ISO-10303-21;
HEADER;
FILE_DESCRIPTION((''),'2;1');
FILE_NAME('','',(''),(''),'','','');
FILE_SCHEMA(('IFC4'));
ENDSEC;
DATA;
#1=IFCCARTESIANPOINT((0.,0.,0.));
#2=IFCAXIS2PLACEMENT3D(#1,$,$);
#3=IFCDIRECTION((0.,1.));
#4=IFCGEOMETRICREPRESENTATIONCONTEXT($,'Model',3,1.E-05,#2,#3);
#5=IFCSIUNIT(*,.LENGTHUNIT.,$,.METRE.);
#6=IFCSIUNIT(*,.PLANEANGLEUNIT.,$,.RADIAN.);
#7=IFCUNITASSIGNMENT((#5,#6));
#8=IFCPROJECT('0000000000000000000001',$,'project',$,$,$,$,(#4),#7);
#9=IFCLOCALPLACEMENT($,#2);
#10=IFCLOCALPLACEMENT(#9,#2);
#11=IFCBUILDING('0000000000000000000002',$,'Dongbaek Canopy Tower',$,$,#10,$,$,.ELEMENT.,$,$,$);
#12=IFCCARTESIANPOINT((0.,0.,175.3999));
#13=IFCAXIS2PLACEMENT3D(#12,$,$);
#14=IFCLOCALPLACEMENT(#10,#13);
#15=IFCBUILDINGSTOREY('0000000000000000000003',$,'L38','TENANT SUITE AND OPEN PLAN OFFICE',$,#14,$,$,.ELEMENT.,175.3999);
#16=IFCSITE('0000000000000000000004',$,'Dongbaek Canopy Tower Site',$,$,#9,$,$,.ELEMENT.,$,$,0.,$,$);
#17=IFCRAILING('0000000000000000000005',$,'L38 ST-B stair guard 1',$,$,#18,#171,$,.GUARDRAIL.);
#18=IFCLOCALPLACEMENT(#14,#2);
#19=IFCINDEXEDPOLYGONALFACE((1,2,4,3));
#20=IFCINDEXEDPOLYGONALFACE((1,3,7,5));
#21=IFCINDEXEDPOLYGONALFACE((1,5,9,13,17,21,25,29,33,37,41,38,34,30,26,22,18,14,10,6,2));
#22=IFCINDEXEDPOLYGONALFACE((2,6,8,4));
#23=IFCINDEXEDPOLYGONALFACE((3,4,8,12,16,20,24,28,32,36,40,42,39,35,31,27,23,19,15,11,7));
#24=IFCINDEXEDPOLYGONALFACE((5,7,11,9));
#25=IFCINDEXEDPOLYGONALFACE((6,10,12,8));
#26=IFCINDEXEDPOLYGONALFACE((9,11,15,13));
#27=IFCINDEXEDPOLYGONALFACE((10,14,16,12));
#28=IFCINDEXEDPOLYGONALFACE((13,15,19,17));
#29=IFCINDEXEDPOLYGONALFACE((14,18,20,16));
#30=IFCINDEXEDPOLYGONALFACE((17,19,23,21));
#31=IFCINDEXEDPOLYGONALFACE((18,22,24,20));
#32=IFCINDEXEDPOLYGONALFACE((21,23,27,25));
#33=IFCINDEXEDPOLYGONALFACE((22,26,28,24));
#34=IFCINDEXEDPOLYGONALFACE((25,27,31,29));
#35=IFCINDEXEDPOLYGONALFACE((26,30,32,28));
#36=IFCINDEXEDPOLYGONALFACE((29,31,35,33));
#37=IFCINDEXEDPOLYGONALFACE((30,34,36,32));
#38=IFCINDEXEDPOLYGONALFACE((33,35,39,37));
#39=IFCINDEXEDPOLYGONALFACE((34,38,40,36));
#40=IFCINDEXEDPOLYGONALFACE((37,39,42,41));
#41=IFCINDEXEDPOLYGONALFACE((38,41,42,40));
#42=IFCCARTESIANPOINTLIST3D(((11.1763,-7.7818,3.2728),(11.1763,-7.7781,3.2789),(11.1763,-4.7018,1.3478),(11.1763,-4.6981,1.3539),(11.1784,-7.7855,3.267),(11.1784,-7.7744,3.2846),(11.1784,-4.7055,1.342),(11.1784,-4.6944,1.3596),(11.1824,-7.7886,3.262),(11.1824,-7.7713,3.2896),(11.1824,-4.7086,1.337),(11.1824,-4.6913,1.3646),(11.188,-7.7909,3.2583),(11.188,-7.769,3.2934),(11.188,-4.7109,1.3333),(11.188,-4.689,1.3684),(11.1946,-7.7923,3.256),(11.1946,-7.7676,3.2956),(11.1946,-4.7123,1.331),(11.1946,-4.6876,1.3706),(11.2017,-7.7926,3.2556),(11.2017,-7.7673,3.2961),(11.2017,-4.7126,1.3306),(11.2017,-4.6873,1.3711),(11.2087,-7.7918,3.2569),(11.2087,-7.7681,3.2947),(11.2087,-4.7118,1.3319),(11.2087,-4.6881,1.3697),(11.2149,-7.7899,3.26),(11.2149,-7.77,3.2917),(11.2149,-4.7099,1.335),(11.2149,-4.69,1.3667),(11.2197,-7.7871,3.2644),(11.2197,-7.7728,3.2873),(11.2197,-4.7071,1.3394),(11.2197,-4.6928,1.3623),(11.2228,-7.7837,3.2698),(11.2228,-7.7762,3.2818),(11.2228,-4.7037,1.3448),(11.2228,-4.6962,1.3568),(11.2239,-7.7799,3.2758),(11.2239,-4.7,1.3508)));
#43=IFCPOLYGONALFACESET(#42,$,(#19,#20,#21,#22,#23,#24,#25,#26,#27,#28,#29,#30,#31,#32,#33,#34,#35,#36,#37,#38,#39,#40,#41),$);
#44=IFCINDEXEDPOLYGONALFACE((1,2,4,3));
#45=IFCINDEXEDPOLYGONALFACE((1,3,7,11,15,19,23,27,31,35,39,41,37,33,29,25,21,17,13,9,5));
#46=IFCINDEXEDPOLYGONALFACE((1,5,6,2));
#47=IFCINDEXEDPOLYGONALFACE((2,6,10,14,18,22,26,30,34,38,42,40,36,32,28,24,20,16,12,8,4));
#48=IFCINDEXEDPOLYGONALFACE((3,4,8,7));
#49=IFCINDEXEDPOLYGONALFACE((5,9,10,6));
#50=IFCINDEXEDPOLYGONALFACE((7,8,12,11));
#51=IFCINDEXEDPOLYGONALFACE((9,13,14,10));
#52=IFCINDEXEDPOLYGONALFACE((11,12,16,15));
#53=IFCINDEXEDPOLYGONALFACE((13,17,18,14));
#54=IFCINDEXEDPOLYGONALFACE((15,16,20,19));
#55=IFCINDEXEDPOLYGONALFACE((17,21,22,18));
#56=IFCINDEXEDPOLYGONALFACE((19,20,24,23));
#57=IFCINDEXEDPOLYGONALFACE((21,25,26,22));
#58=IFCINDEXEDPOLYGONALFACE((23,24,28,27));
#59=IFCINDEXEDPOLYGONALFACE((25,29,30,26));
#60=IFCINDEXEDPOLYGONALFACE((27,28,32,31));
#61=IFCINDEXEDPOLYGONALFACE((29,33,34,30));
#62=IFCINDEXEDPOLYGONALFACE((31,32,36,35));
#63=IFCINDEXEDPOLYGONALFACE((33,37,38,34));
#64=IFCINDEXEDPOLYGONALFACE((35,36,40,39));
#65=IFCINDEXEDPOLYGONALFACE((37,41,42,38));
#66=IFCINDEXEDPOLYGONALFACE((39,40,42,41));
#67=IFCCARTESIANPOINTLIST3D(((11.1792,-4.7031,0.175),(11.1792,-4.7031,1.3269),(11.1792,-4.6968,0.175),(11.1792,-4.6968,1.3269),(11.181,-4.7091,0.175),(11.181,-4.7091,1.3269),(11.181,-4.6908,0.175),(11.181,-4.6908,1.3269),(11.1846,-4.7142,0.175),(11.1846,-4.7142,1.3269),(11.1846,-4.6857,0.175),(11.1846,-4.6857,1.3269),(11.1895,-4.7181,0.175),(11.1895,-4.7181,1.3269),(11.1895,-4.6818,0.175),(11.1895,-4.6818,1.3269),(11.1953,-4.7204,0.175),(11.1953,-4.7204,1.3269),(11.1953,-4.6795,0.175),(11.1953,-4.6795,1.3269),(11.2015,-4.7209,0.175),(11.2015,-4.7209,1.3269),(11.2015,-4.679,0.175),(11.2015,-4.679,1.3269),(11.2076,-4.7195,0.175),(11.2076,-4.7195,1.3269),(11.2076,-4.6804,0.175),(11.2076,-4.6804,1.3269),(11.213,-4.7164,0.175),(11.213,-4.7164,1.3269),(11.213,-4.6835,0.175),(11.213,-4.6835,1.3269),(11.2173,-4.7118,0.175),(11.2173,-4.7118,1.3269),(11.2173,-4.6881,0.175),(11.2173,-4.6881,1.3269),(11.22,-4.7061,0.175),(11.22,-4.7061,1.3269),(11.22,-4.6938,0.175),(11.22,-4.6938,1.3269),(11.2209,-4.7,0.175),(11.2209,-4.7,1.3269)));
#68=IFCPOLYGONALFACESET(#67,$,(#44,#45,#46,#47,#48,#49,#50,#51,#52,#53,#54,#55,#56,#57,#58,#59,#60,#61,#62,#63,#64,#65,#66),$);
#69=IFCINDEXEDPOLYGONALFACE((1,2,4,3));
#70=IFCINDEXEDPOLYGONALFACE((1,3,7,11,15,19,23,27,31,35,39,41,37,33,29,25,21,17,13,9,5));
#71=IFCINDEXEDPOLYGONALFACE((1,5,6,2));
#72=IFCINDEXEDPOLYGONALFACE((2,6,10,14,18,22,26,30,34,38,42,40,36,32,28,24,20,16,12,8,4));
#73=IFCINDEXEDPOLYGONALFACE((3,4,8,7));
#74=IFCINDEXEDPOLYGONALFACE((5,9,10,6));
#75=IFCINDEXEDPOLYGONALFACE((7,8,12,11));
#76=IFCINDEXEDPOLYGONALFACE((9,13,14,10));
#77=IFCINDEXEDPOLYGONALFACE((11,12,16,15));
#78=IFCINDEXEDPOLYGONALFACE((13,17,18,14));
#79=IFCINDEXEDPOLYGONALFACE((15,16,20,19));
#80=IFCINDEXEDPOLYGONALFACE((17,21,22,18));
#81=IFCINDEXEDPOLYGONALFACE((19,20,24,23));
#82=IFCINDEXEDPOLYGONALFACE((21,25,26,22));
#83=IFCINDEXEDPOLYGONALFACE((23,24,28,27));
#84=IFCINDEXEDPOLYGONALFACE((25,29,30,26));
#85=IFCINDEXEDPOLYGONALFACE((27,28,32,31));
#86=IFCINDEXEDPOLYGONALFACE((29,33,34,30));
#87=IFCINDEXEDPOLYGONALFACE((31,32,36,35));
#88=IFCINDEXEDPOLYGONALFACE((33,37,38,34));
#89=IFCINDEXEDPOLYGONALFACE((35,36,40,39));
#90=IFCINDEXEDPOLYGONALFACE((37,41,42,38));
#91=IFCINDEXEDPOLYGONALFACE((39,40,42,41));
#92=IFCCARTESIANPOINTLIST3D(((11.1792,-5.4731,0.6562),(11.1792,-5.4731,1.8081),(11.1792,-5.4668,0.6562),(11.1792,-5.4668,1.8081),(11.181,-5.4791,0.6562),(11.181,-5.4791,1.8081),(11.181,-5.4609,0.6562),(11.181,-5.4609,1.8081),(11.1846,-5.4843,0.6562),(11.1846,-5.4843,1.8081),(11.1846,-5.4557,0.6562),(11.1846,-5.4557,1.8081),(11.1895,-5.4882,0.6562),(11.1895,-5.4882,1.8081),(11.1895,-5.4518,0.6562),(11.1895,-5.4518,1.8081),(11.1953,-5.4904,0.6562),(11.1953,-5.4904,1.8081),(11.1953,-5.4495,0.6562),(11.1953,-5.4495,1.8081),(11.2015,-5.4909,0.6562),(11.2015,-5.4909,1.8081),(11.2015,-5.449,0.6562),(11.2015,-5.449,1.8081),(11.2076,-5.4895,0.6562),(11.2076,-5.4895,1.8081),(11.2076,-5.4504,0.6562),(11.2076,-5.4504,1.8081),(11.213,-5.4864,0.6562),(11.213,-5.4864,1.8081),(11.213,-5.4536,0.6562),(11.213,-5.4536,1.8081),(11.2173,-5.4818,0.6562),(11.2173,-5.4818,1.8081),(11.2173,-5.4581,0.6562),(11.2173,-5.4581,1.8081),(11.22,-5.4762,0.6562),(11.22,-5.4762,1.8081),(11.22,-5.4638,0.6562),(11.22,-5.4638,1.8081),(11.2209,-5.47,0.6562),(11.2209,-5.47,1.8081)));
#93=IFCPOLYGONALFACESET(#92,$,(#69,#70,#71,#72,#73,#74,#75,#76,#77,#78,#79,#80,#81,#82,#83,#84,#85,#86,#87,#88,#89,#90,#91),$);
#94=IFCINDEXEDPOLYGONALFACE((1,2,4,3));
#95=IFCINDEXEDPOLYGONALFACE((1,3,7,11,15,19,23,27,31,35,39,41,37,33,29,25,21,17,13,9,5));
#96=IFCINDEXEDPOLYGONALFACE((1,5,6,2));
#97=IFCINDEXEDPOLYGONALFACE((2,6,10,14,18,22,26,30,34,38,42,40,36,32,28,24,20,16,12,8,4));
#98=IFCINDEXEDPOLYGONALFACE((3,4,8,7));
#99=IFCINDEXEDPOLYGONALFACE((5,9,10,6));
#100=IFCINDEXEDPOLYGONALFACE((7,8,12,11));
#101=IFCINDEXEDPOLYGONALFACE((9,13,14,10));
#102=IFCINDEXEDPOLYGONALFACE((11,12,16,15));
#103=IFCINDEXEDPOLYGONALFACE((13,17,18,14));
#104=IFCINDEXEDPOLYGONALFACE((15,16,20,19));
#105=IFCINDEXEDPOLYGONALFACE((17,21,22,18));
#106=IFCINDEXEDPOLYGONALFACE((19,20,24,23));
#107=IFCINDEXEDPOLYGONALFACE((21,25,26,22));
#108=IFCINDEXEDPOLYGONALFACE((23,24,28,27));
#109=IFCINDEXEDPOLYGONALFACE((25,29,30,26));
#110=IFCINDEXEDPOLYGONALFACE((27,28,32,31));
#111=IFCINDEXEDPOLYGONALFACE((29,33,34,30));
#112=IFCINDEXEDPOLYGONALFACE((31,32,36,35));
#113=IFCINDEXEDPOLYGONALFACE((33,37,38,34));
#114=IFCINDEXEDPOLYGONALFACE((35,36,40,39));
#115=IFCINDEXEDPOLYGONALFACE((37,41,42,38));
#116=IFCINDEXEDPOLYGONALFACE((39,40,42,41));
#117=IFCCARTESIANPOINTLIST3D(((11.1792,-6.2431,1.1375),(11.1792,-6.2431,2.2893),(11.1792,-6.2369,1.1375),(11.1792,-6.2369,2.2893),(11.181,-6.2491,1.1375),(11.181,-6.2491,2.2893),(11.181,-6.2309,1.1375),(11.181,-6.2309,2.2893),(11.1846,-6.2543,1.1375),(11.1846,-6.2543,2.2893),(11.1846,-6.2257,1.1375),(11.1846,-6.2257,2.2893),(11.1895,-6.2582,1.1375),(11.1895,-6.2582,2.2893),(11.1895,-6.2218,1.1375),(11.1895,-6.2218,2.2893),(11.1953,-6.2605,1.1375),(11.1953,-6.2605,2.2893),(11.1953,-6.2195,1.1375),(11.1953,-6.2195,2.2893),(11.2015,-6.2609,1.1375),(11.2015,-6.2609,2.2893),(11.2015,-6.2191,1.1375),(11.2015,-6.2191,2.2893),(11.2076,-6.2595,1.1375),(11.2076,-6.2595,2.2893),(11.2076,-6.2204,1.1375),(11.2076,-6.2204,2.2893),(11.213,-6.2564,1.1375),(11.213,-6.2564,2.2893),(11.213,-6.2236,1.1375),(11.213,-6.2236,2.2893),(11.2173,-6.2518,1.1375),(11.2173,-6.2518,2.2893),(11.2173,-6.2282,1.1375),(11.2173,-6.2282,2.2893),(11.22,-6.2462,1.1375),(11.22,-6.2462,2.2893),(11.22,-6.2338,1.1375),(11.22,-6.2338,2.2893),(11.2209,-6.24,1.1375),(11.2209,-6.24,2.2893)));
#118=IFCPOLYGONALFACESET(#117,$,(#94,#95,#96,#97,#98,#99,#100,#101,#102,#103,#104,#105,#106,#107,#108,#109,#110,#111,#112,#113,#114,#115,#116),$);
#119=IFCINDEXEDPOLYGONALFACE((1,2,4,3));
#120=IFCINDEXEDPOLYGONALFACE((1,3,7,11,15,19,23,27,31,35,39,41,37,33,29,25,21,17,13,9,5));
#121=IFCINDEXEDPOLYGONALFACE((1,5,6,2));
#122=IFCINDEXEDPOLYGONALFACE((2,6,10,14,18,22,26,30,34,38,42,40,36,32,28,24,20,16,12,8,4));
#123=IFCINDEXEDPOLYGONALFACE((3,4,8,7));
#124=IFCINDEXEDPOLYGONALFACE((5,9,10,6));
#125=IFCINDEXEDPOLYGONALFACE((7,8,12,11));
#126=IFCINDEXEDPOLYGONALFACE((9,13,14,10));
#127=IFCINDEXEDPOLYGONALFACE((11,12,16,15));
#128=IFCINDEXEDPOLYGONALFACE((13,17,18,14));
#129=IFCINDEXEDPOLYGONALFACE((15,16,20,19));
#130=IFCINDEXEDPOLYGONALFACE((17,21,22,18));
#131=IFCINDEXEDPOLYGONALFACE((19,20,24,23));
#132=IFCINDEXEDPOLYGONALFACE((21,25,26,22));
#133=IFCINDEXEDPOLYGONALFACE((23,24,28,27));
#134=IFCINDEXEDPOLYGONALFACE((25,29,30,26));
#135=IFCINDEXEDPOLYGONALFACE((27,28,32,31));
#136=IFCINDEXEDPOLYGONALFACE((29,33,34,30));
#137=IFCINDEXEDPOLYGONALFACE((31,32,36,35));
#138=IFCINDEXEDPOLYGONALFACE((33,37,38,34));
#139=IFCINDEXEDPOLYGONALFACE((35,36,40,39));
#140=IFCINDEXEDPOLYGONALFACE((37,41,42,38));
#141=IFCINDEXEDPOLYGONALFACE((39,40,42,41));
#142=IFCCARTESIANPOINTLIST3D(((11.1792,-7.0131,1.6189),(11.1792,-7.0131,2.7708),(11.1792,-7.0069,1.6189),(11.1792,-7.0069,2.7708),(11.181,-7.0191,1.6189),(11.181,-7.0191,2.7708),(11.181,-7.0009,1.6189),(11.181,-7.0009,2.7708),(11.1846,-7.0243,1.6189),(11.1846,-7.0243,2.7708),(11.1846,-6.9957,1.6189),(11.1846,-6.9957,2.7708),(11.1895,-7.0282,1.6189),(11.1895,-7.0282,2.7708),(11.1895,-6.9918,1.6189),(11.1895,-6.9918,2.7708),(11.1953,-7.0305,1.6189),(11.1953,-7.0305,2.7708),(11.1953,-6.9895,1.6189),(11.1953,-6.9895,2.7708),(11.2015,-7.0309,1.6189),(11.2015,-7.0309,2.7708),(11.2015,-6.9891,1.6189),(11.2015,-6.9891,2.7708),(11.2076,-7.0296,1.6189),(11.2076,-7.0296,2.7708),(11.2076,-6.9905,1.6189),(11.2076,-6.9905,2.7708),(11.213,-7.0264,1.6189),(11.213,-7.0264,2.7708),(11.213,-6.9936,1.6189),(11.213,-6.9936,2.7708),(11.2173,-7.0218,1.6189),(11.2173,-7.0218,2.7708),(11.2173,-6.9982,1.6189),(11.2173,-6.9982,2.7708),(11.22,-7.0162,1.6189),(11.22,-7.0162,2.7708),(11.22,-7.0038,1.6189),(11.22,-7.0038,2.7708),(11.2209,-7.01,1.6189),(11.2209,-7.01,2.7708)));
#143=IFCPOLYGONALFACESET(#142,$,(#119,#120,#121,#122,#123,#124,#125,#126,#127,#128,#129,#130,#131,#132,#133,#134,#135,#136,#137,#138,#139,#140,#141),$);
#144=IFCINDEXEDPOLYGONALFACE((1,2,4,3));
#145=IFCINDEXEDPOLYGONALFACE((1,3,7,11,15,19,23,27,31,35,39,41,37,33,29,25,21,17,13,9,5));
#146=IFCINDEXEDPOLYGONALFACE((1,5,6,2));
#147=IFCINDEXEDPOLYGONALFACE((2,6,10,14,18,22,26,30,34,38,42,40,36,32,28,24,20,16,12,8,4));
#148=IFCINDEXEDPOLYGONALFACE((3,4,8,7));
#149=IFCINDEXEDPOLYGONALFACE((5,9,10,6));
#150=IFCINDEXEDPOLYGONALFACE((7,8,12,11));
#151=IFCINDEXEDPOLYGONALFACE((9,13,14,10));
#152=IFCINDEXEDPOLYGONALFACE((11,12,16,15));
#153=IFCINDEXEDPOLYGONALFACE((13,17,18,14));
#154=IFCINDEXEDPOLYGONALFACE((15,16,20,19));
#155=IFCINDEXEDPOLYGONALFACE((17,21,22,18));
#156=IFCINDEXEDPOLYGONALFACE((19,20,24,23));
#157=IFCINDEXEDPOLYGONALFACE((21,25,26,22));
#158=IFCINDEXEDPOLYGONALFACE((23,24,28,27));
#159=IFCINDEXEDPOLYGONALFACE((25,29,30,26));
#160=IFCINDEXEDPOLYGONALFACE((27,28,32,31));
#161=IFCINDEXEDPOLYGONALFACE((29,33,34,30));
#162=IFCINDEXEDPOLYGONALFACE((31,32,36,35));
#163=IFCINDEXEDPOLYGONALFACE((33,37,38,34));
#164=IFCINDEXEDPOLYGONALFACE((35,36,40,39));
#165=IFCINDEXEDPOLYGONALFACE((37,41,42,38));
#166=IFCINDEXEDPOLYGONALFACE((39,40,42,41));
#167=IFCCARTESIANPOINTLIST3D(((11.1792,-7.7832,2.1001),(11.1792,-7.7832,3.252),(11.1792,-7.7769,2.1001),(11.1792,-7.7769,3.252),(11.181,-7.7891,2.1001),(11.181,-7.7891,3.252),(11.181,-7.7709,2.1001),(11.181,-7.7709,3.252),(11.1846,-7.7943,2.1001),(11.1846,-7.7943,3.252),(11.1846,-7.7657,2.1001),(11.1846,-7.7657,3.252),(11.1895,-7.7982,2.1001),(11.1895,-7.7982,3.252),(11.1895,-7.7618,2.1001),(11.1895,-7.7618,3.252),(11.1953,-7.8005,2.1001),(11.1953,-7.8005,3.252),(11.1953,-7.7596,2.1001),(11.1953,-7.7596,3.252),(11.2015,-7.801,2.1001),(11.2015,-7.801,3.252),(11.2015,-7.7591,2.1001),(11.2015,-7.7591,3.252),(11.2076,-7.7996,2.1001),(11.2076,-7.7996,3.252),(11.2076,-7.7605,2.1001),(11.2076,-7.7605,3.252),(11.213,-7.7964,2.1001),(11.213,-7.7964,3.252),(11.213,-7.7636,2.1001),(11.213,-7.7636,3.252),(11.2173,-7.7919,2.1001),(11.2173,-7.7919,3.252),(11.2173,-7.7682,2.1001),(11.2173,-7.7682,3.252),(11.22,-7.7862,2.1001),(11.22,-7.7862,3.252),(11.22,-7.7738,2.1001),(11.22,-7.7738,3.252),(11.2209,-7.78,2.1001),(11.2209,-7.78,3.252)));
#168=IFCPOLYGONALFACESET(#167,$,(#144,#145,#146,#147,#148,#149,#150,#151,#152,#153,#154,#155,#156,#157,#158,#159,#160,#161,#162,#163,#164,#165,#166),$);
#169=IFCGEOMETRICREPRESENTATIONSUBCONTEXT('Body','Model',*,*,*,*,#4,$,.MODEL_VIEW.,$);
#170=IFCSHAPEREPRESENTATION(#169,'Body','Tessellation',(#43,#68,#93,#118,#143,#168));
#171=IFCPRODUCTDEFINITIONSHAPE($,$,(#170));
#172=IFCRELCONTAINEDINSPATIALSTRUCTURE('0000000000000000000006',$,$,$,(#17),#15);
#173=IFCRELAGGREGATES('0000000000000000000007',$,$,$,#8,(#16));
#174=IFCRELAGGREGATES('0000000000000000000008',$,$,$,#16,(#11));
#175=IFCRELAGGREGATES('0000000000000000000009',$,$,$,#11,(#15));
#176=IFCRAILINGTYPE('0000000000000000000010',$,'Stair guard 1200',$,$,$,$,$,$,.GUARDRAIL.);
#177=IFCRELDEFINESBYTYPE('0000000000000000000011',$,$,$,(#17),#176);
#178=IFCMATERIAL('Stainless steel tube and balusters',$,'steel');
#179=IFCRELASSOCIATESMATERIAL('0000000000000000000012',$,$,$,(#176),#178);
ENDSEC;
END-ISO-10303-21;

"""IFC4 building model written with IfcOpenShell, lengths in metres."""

from ifc_helpers import new_model, si_unit, direction, frame, origin, origin_2d, place, context, subcontext, project, spatial, circle, extrude, material, type_object, element, save


model = new_model("IFC4")

# Units and contexts
model_context = context("Model", 3, precision=1e-05, world=origin(), true_north=direction((0.0, 1.0)))
body_context = subcontext(model_context, "Body", "Model", "MODEL_VIEW")
ifc_project = project(units=[si_unit("LENGTHUNIT", "METRE"), si_unit("PLANEANGLEUNIT", "RADIAN")], contexts=[model_context])

# Site, building, storey
site_placement = place(None, origin())
site = spatial("IfcSite", under=ifc_project, at=site_placement, Name="Dongbaek Canopy Tower Site", CompositionType="ELEMENT", RefElevation=0.0)
building_placement = place(site_placement, origin())
building = spatial("IfcBuilding", under=site, at=building_placement, Name="Dongbaek Canopy Tower", CompositionType="ELEMENT")
storey_placement = place(building_placement, frame((0.0, 0.0, 175.3999)))
storey = spatial("IfcBuildingStorey", under=building, at=storey_placement, Name="L38", Description="TENANT SUITE AND OPEN PLAN OFFICE", CompositionType="ELEMENT", Elevation=175.3999)

# Railing
ifc_material_1 = material(Name="Stainless steel tube and balusters", Category="steel")
railing_type_1 = type_object("IfcRailingType", Name="Stair guard 1200", PredefinedType="GUARDRAIL", material=ifc_material_1)
railing_1_placement = place(storey_placement, frame((11.2, -4.7, 0.175)))
element("IfcRailing", 1, at=railing_1_placement, inside=storey, type_object=railing_type_1, Name="L38 ST-B stair guard 1", PredefinedType="GUARDRAIL", context=body_context, shape_type="SweptSolid", body=[
    extrude(circle(Radius=0.0239, at=origin_2d()), frame((0.0, 0.0, 1.1758), z_axis=(0.0, -0.847998, 0.529999), x_axis=(1.0, 0.0, 0.0)), (0.0, 0.0, 1.0), 3.6321),
    extrude(circle(Radius=0.021, at=origin_2d()), origin(), (0.0, 0.0, 1.0), 1.1519),
    extrude(circle(Radius=0.021, at=origin_2d()), frame((0.0, -0.77, 0.4812)), (0.0, 0.0, 1.0), 1.1519),
    extrude(circle(Radius=0.021, at=origin_2d()), frame((0.0, -1.54, 0.9624)), (0.0, 0.0, 1.0), 1.1519),
    extrude(circle(Radius=0.021, at=origin_2d()), frame((0.0, -2.3101, 1.4438)), (0.0, 0.0, 1.0), 1.1519),
    extrude(circle(Radius=0.021, at=origin_2d()), frame((0.0, -3.0801, 1.925)), (0.0, 0.0, 1.0), 1.1519),
])

save(model, "model.ifc")
